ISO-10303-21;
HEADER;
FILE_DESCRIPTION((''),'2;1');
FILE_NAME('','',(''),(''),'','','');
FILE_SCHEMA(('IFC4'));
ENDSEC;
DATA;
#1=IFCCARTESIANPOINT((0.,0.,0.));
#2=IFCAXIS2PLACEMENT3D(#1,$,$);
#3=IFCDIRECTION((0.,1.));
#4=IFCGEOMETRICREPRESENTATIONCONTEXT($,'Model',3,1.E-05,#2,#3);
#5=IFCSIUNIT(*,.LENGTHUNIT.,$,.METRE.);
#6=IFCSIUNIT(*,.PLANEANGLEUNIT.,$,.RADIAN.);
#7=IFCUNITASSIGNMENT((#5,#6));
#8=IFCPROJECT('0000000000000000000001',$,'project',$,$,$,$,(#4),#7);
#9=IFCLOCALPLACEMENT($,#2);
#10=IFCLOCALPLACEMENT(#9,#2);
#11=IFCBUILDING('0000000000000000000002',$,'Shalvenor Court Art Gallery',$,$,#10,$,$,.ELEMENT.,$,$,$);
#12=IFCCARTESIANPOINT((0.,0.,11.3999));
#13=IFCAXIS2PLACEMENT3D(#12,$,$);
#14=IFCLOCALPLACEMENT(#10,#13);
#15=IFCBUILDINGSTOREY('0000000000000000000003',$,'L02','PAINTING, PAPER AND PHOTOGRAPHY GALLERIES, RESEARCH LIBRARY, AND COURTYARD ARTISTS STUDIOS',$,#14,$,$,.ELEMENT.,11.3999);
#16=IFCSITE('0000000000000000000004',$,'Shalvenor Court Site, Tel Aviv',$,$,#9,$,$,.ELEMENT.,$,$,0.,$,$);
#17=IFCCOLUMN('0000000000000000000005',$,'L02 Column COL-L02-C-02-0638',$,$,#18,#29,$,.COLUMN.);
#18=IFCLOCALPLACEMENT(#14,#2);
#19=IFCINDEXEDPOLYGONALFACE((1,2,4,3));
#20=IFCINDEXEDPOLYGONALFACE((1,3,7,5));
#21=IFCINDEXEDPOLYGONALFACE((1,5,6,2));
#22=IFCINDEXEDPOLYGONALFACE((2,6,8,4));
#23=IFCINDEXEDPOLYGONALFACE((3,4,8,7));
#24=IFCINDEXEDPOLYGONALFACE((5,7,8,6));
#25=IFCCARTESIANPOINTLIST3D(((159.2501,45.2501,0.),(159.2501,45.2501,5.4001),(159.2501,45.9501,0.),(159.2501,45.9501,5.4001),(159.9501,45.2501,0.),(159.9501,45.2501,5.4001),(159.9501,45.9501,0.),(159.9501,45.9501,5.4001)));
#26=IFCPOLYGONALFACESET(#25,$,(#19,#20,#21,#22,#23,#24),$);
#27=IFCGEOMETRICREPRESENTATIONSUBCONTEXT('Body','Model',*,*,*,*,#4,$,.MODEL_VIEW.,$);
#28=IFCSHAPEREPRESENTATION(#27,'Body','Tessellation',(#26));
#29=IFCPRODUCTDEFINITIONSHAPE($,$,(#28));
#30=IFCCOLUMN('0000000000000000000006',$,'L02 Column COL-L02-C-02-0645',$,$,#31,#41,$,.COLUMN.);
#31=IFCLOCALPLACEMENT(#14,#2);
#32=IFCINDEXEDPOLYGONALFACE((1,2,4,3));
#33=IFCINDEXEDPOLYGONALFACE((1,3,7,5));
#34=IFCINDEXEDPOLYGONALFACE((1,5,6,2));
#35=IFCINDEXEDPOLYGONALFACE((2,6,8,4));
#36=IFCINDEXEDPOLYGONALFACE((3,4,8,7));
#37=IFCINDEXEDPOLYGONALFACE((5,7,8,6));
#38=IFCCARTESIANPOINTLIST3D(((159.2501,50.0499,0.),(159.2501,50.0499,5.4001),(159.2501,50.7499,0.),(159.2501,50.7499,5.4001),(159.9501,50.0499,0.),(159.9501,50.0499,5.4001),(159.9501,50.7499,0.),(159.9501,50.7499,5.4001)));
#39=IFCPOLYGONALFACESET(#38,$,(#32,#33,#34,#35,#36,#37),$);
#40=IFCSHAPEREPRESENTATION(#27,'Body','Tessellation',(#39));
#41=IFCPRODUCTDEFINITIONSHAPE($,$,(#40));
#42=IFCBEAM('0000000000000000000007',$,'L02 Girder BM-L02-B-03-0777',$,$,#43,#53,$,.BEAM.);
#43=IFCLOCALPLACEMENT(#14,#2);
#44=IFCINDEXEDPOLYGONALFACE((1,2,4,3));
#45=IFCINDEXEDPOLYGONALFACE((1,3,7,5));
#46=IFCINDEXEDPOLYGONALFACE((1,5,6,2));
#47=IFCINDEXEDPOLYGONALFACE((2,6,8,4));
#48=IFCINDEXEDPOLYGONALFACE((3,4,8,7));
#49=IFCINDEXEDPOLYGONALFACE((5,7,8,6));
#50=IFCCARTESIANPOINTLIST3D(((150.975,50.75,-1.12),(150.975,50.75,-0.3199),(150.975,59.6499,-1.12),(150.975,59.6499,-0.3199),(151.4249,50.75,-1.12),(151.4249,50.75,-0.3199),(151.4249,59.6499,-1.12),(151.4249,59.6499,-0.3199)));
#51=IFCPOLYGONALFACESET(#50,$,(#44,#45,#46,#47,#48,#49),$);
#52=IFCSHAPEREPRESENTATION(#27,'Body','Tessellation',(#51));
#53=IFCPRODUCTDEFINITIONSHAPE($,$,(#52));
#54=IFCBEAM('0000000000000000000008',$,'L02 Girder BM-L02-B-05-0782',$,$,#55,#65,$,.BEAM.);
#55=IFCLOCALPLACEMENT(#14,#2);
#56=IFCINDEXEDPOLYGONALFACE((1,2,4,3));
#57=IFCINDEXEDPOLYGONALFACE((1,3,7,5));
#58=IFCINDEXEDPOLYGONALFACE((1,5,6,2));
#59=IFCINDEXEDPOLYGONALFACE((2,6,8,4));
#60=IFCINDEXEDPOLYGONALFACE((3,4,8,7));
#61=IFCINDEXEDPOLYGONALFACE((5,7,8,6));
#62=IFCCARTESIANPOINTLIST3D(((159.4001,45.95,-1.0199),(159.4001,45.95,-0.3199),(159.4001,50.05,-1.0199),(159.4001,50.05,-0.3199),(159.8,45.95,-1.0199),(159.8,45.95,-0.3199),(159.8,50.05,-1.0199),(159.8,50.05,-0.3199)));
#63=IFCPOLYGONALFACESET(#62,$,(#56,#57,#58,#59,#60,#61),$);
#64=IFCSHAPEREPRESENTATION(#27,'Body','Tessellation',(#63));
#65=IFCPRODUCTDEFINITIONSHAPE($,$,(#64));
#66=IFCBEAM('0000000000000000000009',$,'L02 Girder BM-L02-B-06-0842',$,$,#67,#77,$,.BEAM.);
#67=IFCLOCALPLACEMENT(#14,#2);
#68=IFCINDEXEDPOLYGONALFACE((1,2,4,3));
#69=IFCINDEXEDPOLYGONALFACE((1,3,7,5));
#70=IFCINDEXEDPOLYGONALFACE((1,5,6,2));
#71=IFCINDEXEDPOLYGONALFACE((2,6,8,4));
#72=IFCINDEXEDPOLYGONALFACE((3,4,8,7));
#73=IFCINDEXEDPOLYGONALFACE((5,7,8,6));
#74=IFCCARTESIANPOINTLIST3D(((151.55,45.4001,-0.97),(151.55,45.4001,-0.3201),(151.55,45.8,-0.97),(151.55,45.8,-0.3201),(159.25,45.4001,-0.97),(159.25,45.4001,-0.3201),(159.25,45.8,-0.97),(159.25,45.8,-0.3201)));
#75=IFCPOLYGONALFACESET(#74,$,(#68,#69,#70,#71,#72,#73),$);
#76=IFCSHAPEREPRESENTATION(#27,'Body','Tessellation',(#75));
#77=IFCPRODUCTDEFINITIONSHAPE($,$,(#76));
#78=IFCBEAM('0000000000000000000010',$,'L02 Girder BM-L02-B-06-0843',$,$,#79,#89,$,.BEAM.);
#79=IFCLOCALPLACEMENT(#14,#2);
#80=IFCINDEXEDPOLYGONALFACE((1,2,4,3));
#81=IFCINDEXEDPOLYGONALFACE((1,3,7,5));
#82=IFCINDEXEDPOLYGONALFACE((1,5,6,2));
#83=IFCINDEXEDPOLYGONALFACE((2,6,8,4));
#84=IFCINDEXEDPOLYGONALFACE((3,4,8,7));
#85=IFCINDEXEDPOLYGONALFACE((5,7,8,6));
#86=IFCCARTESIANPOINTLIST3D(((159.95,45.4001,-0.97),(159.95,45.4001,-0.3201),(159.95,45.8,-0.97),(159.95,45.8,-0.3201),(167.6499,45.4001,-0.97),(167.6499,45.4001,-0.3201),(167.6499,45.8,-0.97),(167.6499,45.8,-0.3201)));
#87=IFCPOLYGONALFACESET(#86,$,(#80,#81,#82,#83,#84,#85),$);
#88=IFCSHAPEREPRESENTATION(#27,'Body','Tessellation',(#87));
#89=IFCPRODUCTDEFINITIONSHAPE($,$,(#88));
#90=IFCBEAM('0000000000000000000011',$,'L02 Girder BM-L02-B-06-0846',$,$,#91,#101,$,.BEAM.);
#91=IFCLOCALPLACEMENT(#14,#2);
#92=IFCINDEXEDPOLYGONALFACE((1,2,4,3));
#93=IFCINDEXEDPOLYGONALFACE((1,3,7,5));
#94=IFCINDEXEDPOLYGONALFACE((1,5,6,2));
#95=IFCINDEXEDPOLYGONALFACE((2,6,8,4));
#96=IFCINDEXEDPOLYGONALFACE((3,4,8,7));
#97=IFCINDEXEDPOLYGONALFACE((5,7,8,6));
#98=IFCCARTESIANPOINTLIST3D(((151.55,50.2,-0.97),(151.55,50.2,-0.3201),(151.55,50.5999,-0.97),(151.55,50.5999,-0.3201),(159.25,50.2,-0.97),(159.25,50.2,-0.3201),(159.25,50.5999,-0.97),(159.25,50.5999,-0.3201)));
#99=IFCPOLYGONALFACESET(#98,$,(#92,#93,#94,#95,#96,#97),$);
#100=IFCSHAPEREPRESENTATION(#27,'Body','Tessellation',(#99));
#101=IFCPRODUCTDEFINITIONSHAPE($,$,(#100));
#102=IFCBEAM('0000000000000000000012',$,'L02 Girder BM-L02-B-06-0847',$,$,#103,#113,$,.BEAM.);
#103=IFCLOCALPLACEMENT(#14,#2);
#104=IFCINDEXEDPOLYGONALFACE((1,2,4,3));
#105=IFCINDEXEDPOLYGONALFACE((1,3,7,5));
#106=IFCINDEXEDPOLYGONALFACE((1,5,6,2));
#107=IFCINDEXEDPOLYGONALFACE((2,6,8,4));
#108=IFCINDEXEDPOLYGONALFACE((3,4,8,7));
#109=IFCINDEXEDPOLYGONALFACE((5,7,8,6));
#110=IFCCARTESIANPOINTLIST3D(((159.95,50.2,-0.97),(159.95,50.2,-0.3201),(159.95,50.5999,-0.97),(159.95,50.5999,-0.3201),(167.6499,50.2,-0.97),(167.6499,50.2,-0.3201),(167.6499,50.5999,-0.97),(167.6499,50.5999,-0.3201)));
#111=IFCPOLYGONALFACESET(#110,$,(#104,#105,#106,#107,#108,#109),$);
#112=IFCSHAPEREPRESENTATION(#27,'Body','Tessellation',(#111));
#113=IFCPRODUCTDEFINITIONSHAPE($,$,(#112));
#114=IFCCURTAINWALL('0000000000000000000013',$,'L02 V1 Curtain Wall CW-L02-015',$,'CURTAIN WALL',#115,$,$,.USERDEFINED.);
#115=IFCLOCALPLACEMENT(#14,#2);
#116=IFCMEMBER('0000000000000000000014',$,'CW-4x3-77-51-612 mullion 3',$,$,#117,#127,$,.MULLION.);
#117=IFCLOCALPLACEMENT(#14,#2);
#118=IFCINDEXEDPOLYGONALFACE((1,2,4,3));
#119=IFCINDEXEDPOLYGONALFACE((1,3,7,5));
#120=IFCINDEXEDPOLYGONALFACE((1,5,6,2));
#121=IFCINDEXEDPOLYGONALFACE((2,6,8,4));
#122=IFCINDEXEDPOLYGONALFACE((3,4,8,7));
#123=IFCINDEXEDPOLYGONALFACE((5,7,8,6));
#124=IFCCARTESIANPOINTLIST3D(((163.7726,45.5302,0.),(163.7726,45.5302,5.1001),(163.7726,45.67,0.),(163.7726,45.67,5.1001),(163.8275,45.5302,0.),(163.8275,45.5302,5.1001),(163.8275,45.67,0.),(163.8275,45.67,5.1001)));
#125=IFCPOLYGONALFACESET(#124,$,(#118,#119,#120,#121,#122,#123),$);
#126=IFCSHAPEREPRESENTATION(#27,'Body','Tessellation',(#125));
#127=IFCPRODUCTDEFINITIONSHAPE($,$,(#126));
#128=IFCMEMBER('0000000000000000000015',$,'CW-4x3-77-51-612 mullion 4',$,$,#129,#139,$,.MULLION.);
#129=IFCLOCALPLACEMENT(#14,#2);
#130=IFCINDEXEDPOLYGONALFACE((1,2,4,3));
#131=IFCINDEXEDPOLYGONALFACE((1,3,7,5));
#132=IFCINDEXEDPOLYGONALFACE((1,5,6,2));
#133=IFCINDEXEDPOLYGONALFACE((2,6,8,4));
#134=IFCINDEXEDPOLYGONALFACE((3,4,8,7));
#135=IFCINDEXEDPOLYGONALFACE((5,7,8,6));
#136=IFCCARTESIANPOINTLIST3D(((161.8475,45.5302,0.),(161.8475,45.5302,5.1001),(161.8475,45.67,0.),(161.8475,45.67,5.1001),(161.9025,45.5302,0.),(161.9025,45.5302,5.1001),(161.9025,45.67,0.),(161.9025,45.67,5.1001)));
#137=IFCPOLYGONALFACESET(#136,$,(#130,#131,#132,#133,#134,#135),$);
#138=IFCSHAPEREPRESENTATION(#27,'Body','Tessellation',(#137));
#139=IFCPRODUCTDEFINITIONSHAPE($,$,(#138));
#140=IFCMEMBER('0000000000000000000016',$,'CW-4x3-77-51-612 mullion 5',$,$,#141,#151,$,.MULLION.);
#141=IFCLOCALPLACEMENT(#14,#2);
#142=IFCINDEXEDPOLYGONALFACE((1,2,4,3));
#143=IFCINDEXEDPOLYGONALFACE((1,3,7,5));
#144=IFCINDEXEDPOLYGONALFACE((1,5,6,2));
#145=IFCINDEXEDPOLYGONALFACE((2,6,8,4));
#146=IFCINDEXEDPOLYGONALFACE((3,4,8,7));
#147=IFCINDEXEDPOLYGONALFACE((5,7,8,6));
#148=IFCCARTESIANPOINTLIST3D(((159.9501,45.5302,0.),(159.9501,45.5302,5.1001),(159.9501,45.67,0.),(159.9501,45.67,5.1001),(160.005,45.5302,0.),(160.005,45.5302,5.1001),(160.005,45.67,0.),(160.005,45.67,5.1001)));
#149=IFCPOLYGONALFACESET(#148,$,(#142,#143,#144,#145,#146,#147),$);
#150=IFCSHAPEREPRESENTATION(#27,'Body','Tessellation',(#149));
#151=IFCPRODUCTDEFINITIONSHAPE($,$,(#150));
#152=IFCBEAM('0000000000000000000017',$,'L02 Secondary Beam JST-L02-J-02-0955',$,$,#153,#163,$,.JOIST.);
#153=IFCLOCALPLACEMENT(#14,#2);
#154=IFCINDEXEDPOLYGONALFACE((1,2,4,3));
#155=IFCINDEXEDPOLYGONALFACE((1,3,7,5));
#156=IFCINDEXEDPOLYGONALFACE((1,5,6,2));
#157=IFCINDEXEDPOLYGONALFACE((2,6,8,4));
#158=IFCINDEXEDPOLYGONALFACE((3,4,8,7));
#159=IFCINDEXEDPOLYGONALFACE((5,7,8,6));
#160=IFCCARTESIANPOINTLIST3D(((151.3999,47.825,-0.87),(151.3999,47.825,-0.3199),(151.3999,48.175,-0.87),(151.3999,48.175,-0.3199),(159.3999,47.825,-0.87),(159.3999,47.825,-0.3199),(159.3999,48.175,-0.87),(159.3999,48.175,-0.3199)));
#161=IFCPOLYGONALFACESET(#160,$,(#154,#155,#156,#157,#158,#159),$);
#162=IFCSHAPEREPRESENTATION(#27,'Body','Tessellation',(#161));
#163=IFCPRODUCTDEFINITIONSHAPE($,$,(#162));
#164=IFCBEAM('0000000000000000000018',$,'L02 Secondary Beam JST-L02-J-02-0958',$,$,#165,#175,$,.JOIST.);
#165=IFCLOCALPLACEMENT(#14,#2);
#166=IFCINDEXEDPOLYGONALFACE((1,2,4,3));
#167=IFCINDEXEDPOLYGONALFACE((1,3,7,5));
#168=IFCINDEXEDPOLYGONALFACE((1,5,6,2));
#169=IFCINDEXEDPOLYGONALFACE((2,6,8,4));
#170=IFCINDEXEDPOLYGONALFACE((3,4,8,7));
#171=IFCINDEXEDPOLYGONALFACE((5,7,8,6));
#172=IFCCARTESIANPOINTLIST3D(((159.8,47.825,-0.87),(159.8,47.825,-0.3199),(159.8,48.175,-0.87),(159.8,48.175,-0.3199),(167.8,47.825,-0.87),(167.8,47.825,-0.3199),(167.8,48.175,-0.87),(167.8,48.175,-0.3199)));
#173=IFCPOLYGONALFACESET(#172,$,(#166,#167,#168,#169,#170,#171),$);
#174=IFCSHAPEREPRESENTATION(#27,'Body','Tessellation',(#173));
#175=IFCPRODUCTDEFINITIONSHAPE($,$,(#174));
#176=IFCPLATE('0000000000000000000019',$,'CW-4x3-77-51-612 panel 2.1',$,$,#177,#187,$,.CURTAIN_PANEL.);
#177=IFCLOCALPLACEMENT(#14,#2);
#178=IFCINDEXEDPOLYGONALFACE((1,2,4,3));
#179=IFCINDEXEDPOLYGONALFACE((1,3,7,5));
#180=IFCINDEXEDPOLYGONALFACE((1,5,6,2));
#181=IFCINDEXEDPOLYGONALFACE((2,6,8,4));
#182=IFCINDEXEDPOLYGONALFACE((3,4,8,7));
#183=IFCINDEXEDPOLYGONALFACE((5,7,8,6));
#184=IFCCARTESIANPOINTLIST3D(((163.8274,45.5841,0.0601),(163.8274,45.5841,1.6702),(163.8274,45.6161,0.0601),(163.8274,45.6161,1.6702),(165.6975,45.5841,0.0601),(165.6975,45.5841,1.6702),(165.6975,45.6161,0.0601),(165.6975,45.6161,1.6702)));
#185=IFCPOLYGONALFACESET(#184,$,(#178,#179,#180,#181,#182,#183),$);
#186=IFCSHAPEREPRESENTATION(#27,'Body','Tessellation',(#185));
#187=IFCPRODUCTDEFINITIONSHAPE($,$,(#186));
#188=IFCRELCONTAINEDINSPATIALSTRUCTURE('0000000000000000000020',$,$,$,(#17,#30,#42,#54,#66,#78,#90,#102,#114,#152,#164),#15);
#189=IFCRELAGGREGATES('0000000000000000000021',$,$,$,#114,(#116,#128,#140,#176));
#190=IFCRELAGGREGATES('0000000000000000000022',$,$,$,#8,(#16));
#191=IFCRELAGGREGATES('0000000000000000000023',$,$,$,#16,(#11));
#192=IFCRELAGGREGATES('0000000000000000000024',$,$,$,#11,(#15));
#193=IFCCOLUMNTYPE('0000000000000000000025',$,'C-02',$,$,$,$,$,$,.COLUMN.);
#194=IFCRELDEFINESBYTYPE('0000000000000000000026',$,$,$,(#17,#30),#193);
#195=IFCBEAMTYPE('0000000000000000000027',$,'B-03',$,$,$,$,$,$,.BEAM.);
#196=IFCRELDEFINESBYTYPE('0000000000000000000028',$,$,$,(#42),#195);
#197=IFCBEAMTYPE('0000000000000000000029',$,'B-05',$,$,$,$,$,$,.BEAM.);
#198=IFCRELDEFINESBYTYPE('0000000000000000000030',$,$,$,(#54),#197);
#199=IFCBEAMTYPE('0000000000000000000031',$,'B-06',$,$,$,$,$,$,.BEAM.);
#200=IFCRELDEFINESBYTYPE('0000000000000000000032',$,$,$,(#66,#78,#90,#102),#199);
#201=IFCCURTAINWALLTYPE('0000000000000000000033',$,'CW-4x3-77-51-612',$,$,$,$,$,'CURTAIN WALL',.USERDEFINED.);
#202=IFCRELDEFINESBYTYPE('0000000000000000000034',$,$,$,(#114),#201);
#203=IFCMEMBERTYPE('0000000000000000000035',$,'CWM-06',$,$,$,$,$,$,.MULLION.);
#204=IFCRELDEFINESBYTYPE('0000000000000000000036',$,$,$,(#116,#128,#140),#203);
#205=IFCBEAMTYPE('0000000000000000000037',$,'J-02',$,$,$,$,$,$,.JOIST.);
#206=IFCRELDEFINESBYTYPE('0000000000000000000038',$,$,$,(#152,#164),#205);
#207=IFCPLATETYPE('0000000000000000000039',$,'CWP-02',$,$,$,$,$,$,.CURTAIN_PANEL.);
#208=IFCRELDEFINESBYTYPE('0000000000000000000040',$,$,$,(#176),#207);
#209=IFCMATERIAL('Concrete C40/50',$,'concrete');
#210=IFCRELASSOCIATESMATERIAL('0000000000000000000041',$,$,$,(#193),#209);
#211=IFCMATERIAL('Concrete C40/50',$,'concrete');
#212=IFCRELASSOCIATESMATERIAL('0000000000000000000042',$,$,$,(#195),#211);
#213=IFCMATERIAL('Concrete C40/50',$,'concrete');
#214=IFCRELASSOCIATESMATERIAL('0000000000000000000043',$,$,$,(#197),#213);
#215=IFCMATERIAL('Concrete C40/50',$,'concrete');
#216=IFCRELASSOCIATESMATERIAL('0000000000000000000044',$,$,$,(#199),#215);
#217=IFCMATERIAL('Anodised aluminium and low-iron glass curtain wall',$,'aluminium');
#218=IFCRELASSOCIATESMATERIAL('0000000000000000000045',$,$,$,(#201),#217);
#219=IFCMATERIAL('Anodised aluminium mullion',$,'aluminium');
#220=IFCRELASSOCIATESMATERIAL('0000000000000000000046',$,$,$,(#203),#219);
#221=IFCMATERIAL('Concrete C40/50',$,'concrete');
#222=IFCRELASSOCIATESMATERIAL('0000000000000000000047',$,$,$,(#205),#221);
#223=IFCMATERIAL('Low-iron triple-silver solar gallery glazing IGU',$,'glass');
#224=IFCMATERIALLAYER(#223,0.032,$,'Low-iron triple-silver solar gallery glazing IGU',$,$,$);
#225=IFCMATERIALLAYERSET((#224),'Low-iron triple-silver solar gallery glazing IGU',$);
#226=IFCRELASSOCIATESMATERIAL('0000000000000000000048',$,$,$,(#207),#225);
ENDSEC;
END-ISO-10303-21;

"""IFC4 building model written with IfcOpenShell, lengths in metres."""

from ifc_helpers import new_model, si_unit, direction, frame, origin, origin_2d, place, context, subcontext, project, spatial, rectangle, extrude, material, layer, layer_set, material_profile, profile_set, type_object, element, aggregate, save


model = new_model("IFC4")

# Units and contexts
model_context = context("Model", 3, precision=1e-05, world=origin(), true_north=direction((0.0, 1.0)))
body_context = subcontext(model_context, "Body", "Model", "MODEL_VIEW")
ifc_project = project(units=[si_unit("LENGTHUNIT", "METRE"), si_unit("PLANEANGLEUNIT", "RADIAN")], contexts=[model_context])

# Site, building, storey
site_placement = place(None, origin())
site = spatial("IfcSite", under=ifc_project, at=site_placement, Name="Shalvenor Court Site, Tel Aviv", CompositionType="ELEMENT", RefElevation=0.0)
building_placement = place(site_placement, origin())
building = spatial("IfcBuilding", under=site, at=building_placement, Name="Shalvenor Court Art Gallery", CompositionType="ELEMENT")
storey_placement = place(building_placement, frame((0.0, 0.0, 11.3999)))
storey = spatial("IfcBuildingStorey", under=building, at=storey_placement, Name="L02", Description="PAINTING, PAPER AND PHOTOGRAPHY GALLERIES, RESEARCH LIBRARY, AND COURTYARD ARTISTS STUDIOS", CompositionType="ELEMENT", Elevation=11.3999)

# Columns
ifc_material_1 = material(Name="Concrete C40/50", Category="concrete")
ifc_material_profile_1 = material_profile(ifc_material_1, rectangle(XDim=0.7, YDim=0.7, at=origin_2d()), Name="RC 700x700")
ifc_profile_set_1 = profile_set([ifc_material_profile_1], Name="Concrete C40/50")
column_type = type_object("IfcColumnType", Name="C-02", PredefinedType="COLUMN", material=ifc_profile_set_1)
for number, where, z_axis, x_axis, name in (
    (1, (159.6001, 45.6001, 0.0), (0.0, 0.0, 1.0), (1.0, 0.0, 0.0), "L02 Column COL-L02-C-02-0638"),
    (2, (159.6001, 50.3999, 0.0), (0.0, 0.0, 1.0), (1.0, 0.0, 0.0), "L02 Column COL-L02-C-02-0645"),
):
    element("IfcColumn", number, at=place(storey_placement, frame(where, z_axis=z_axis, x_axis=x_axis)), inside=storey, type_object=column_type, Name=name, PredefinedType="COLUMN", context=body_context, shape_type="SweptSolid", body=[
        extrude(rectangle(XDim=0.7, YDim=0.7, at=origin_2d()), origin(), (0.0, 0.0, 1.0), 5.4001),
    ])

# Beams
ifc_material_2 = material(Name="Concrete C40/50", Category="concrete")
ifc_material_profile_2 = material_profile(ifc_material_2, rectangle(XDim=0.45, YDim=0.8, at=origin_2d()), Name="RC 450x800")
ifc_profile_set_2 = profile_set([ifc_material_profile_2], Name="Concrete C40/50")
beam_type_1 = type_object("IfcBeamType", Name="B-03", PredefinedType="BEAM", material=ifc_profile_set_2)
beam_1_placement = place(storey_placement, frame((151.2, 50.75, -0.72), z_axis=(0.0, 1.0, 0.0), x_axis=(-1.0, 0.0, 0.0)))
element("IfcBeam", 3, at=beam_1_placement, inside=storey, type_object=beam_type_1, Name="L02 Girder BM-L02-B-03-0777", PredefinedType="BEAM", context=body_context, shape_type="SweptSolid", body=[
    extrude(rectangle(XDim=0.45, YDim=0.8, at=origin_2d()), origin(), (0.0, 0.0, 1.0), 8.8999),
])
ifc_material_3 = material(Name="Concrete C40/50", Category="concrete")
ifc_material_profile_3 = material_profile(ifc_material_3, rectangle(XDim=0.3999, YDim=0.7, at=origin_2d()), Name="RC 400x700")
ifc_profile_set_3 = profile_set([ifc_material_profile_3], Name="Concrete C40/50")
beam_type_2 = type_object("IfcBeamType", Name="B-05", PredefinedType="BEAM", material=ifc_profile_set_3)
beam_2_placement = place(storey_placement, frame((159.6001, 45.95, -0.6699), z_axis=(0.0, 1.0, 0.0), x_axis=(-1.0, 0.0, 0.0)))
element("IfcBeam", 4, at=beam_2_placement, inside=storey, type_object=beam_type_2, Name="L02 Girder BM-L02-B-05-0782", PredefinedType="BEAM", context=body_context, shape_type="SweptSolid", body=[
    extrude(rectangle(XDim=0.3999, YDim=0.7, at=origin_2d()), origin(), (0.0, 0.0, 1.0), 4.1001),
])
ifc_material_4 = material(Name="Concrete C40/50", Category="concrete")
ifc_material_profile_4 = material_profile(ifc_material_4, rectangle(XDim=0.3999, YDim=0.6499, at=origin_2d()), Name="RC 400x650")
ifc_profile_set_4 = profile_set([ifc_material_profile_4], Name="Concrete C40/50")
beam_type_3 = type_object("IfcBeamType", Name="B-06", PredefinedType="BEAM", material=ifc_profile_set_4)
for number, where, z_axis, x_axis, name in (
    (5, (151.55, 45.6001, -0.645), (1.0, 0.0, 0.0), (0.0, 1.0, 0.0), "L02 Girder BM-L02-B-06-0842"),
    (6, (159.95, 45.6001, -0.645), (1.0, 0.0, 0.0), (0.0, 1.0, 0.0), "L02 Girder BM-L02-B-06-0843"),
    (7, (151.55, 50.3999, -0.645), (1.0, 0.0, 0.0), (0.0, 1.0, 0.0), "L02 Girder BM-L02-B-06-0846"),
    (8, (159.95, 50.3999, -0.645), (1.0, 0.0, 0.0), (0.0, 1.0, 0.0), "L02 Girder BM-L02-B-06-0847"),
):
    element("IfcBeam", number, at=place(storey_placement, frame(where, z_axis=z_axis, x_axis=x_axis)), inside=storey, type_object=beam_type_3, Name=name, PredefinedType="BEAM", context=body_context, shape_type="SweptSolid", body=[
        extrude(rectangle(XDim=0.3999, YDim=0.6499, at=origin_2d()), origin(), (0.0, 0.0, 1.0), 7.7),
    ])

# Curtain wall, members
ifc_material_5 = material(Name="Anodised aluminium and low-iron glass curtain wall", Category="aluminium")
curtain_wall_type = type_object("IfcCurtainWallType", Name="CW-4x3-77-51-612", ElementType="CURTAIN WALL", PredefinedType="USERDEFINED", material=ifc_material_5)
curtain_wall_placement = place(storey_placement, origin())
curtain_wall = element("IfcCurtainWall", 9, at=curtain_wall_placement, inside=storey, type_object=curtain_wall_type, Name="L02 V1 Curtain Wall CW-L02-015", ObjectType="CURTAIN WALL", PredefinedType="USERDEFINED")
ifc_material_6 = material(Name="Anodised aluminium mullion", Category="aluminium")
ifc_material_profile_5 = material_profile(ifc_material_6, rectangle(XDim=0.0549, YDim=0.1399, at=origin_2d()), Name="CWM-06")
ifc_profile_set_5 = profile_set([ifc_material_profile_5], Name="Anodised aluminium mullion")
member_type = type_object("IfcMemberType", Name="CWM-06", PredefinedType="MULLION", material=ifc_profile_set_5)
member_1_placement = place(storey_placement, frame((163.8, 45.6001, 0.0), z_axis=(0.0, 0.0, 1.0), x_axis=(-1.0, 0.0, 0.0)))
member_1 = element("IfcMember", 10, at=member_1_placement, type_object=member_type, Name="CW-4x3-77-51-612 mullion 3", PredefinedType="MULLION", context=body_context, shape_type="SweptSolid", body=[
    extrude(rectangle(XDim=0.0549, YDim=0.1399, at=origin_2d()), origin(), (0.0, 0.0, 1.0), 5.1001),
])
member_2_placement = place(storey_placement, frame((161.875, 45.6001, 0.0), z_axis=(0.0, 0.0, 1.0), x_axis=(-1.0, 0.0, 0.0)))
member_2 = element("IfcMember", 11, at=member_2_placement, type_object=member_type, Name="CW-4x3-77-51-612 mullion 4", PredefinedType="MULLION", context=body_context, shape_type="SweptSolid", body=[
    extrude(rectangle(XDim=0.0549, YDim=0.1399, at=origin_2d()), origin(), (0.0, 0.0, 1.0), 5.1001),
])
member_3_placement = place(storey_placement, frame((159.9775, 45.6001, 0.0), z_axis=(0.0, 0.0, 1.0), x_axis=(-1.0, 0.0, 0.0)))
member_3 = element("IfcMember", 12, at=member_3_placement, type_object=member_type, Name="CW-4x3-77-51-612 mullion 5", PredefinedType="MULLION", context=body_context, shape_type="SweptSolid", body=[
    extrude(rectangle(XDim=0.0549, YDim=0.1399, at=origin_2d()), origin(), (0.0, 0.0, 1.0), 5.1001),
])

# Beams
ifc_material_7 = material(Name="Concrete C40/50", Category="concrete")
ifc_material_profile_6 = material_profile(ifc_material_7, rectangle(XDim=0.3501, YDim=0.55, at=origin_2d()), Name="RC 350x550")
ifc_profile_set_6 = profile_set([ifc_material_profile_6], Name="Concrete C40/50")
beam_type_4 = type_object("IfcBeamType", Name="J-02", PredefinedType="JOIST", material=ifc_profile_set_6)
for number, where, z_axis, x_axis, name in (
    (13, (151.3999, 48.0, -0.595), (1.0, 0.0, 0.0), (0.0, 1.0, 0.0), "L02 Secondary Beam JST-L02-J-02-0955"),
    (14, (159.8, 48.0, -0.595), (1.0, 0.0, 0.0), (0.0, 1.0, 0.0), "L02 Secondary Beam JST-L02-J-02-0958"),
):
    element("IfcBeam", number, at=place(storey_placement, frame(where, z_axis=z_axis, x_axis=x_axis)), inside=storey, type_object=beam_type_4, Name=name, PredefinedType="JOIST", context=body_context, shape_type="SweptSolid", body=[
        extrude(rectangle(XDim=0.3501, YDim=0.55, at=origin_2d()), origin(), (0.0, 0.0, 1.0), 8.0),
    ])

# Plate
ifc_material_8 = material(Name="Low-iron triple-silver solar gallery glazing IGU", Category="glass")
ifc_layer_1 = layer(ifc_material_8, 0.032, Name="Low-iron triple-silver solar gallery glazing IGU")
ifc_layer_set_1 = layer_set([ifc_layer_1], Name="Low-iron triple-silver solar gallery glazing IGU")
plate_type_1 = type_object("IfcPlateType", Name="CWP-02", PredefinedType="CURTAIN_PANEL", material=ifc_layer_set_1)
plate_1_placement = place(storey_placement, frame((164.7625, 45.6001, 0.0601), z_axis=(0.0, 0.0, 1.0), x_axis=(-1.0, 0.0, 0.0)))
plate_1 = element("IfcPlate", 15, at=plate_1_placement, type_object=plate_type_1, Name="CW-4x3-77-51-612 panel 2.1", PredefinedType="CURTAIN_PANEL", context=body_context, shape_type="SweptSolid", body=[
    extrude(rectangle(XDim=1.8701, YDim=0.032, at=origin_2d()), origin(), (0.0, 0.0, 1.0), 1.6101),
])
aggregate(curtain_wall, [member_1, member_2, member_3, plate_1])

save(model, "model.ifc")
